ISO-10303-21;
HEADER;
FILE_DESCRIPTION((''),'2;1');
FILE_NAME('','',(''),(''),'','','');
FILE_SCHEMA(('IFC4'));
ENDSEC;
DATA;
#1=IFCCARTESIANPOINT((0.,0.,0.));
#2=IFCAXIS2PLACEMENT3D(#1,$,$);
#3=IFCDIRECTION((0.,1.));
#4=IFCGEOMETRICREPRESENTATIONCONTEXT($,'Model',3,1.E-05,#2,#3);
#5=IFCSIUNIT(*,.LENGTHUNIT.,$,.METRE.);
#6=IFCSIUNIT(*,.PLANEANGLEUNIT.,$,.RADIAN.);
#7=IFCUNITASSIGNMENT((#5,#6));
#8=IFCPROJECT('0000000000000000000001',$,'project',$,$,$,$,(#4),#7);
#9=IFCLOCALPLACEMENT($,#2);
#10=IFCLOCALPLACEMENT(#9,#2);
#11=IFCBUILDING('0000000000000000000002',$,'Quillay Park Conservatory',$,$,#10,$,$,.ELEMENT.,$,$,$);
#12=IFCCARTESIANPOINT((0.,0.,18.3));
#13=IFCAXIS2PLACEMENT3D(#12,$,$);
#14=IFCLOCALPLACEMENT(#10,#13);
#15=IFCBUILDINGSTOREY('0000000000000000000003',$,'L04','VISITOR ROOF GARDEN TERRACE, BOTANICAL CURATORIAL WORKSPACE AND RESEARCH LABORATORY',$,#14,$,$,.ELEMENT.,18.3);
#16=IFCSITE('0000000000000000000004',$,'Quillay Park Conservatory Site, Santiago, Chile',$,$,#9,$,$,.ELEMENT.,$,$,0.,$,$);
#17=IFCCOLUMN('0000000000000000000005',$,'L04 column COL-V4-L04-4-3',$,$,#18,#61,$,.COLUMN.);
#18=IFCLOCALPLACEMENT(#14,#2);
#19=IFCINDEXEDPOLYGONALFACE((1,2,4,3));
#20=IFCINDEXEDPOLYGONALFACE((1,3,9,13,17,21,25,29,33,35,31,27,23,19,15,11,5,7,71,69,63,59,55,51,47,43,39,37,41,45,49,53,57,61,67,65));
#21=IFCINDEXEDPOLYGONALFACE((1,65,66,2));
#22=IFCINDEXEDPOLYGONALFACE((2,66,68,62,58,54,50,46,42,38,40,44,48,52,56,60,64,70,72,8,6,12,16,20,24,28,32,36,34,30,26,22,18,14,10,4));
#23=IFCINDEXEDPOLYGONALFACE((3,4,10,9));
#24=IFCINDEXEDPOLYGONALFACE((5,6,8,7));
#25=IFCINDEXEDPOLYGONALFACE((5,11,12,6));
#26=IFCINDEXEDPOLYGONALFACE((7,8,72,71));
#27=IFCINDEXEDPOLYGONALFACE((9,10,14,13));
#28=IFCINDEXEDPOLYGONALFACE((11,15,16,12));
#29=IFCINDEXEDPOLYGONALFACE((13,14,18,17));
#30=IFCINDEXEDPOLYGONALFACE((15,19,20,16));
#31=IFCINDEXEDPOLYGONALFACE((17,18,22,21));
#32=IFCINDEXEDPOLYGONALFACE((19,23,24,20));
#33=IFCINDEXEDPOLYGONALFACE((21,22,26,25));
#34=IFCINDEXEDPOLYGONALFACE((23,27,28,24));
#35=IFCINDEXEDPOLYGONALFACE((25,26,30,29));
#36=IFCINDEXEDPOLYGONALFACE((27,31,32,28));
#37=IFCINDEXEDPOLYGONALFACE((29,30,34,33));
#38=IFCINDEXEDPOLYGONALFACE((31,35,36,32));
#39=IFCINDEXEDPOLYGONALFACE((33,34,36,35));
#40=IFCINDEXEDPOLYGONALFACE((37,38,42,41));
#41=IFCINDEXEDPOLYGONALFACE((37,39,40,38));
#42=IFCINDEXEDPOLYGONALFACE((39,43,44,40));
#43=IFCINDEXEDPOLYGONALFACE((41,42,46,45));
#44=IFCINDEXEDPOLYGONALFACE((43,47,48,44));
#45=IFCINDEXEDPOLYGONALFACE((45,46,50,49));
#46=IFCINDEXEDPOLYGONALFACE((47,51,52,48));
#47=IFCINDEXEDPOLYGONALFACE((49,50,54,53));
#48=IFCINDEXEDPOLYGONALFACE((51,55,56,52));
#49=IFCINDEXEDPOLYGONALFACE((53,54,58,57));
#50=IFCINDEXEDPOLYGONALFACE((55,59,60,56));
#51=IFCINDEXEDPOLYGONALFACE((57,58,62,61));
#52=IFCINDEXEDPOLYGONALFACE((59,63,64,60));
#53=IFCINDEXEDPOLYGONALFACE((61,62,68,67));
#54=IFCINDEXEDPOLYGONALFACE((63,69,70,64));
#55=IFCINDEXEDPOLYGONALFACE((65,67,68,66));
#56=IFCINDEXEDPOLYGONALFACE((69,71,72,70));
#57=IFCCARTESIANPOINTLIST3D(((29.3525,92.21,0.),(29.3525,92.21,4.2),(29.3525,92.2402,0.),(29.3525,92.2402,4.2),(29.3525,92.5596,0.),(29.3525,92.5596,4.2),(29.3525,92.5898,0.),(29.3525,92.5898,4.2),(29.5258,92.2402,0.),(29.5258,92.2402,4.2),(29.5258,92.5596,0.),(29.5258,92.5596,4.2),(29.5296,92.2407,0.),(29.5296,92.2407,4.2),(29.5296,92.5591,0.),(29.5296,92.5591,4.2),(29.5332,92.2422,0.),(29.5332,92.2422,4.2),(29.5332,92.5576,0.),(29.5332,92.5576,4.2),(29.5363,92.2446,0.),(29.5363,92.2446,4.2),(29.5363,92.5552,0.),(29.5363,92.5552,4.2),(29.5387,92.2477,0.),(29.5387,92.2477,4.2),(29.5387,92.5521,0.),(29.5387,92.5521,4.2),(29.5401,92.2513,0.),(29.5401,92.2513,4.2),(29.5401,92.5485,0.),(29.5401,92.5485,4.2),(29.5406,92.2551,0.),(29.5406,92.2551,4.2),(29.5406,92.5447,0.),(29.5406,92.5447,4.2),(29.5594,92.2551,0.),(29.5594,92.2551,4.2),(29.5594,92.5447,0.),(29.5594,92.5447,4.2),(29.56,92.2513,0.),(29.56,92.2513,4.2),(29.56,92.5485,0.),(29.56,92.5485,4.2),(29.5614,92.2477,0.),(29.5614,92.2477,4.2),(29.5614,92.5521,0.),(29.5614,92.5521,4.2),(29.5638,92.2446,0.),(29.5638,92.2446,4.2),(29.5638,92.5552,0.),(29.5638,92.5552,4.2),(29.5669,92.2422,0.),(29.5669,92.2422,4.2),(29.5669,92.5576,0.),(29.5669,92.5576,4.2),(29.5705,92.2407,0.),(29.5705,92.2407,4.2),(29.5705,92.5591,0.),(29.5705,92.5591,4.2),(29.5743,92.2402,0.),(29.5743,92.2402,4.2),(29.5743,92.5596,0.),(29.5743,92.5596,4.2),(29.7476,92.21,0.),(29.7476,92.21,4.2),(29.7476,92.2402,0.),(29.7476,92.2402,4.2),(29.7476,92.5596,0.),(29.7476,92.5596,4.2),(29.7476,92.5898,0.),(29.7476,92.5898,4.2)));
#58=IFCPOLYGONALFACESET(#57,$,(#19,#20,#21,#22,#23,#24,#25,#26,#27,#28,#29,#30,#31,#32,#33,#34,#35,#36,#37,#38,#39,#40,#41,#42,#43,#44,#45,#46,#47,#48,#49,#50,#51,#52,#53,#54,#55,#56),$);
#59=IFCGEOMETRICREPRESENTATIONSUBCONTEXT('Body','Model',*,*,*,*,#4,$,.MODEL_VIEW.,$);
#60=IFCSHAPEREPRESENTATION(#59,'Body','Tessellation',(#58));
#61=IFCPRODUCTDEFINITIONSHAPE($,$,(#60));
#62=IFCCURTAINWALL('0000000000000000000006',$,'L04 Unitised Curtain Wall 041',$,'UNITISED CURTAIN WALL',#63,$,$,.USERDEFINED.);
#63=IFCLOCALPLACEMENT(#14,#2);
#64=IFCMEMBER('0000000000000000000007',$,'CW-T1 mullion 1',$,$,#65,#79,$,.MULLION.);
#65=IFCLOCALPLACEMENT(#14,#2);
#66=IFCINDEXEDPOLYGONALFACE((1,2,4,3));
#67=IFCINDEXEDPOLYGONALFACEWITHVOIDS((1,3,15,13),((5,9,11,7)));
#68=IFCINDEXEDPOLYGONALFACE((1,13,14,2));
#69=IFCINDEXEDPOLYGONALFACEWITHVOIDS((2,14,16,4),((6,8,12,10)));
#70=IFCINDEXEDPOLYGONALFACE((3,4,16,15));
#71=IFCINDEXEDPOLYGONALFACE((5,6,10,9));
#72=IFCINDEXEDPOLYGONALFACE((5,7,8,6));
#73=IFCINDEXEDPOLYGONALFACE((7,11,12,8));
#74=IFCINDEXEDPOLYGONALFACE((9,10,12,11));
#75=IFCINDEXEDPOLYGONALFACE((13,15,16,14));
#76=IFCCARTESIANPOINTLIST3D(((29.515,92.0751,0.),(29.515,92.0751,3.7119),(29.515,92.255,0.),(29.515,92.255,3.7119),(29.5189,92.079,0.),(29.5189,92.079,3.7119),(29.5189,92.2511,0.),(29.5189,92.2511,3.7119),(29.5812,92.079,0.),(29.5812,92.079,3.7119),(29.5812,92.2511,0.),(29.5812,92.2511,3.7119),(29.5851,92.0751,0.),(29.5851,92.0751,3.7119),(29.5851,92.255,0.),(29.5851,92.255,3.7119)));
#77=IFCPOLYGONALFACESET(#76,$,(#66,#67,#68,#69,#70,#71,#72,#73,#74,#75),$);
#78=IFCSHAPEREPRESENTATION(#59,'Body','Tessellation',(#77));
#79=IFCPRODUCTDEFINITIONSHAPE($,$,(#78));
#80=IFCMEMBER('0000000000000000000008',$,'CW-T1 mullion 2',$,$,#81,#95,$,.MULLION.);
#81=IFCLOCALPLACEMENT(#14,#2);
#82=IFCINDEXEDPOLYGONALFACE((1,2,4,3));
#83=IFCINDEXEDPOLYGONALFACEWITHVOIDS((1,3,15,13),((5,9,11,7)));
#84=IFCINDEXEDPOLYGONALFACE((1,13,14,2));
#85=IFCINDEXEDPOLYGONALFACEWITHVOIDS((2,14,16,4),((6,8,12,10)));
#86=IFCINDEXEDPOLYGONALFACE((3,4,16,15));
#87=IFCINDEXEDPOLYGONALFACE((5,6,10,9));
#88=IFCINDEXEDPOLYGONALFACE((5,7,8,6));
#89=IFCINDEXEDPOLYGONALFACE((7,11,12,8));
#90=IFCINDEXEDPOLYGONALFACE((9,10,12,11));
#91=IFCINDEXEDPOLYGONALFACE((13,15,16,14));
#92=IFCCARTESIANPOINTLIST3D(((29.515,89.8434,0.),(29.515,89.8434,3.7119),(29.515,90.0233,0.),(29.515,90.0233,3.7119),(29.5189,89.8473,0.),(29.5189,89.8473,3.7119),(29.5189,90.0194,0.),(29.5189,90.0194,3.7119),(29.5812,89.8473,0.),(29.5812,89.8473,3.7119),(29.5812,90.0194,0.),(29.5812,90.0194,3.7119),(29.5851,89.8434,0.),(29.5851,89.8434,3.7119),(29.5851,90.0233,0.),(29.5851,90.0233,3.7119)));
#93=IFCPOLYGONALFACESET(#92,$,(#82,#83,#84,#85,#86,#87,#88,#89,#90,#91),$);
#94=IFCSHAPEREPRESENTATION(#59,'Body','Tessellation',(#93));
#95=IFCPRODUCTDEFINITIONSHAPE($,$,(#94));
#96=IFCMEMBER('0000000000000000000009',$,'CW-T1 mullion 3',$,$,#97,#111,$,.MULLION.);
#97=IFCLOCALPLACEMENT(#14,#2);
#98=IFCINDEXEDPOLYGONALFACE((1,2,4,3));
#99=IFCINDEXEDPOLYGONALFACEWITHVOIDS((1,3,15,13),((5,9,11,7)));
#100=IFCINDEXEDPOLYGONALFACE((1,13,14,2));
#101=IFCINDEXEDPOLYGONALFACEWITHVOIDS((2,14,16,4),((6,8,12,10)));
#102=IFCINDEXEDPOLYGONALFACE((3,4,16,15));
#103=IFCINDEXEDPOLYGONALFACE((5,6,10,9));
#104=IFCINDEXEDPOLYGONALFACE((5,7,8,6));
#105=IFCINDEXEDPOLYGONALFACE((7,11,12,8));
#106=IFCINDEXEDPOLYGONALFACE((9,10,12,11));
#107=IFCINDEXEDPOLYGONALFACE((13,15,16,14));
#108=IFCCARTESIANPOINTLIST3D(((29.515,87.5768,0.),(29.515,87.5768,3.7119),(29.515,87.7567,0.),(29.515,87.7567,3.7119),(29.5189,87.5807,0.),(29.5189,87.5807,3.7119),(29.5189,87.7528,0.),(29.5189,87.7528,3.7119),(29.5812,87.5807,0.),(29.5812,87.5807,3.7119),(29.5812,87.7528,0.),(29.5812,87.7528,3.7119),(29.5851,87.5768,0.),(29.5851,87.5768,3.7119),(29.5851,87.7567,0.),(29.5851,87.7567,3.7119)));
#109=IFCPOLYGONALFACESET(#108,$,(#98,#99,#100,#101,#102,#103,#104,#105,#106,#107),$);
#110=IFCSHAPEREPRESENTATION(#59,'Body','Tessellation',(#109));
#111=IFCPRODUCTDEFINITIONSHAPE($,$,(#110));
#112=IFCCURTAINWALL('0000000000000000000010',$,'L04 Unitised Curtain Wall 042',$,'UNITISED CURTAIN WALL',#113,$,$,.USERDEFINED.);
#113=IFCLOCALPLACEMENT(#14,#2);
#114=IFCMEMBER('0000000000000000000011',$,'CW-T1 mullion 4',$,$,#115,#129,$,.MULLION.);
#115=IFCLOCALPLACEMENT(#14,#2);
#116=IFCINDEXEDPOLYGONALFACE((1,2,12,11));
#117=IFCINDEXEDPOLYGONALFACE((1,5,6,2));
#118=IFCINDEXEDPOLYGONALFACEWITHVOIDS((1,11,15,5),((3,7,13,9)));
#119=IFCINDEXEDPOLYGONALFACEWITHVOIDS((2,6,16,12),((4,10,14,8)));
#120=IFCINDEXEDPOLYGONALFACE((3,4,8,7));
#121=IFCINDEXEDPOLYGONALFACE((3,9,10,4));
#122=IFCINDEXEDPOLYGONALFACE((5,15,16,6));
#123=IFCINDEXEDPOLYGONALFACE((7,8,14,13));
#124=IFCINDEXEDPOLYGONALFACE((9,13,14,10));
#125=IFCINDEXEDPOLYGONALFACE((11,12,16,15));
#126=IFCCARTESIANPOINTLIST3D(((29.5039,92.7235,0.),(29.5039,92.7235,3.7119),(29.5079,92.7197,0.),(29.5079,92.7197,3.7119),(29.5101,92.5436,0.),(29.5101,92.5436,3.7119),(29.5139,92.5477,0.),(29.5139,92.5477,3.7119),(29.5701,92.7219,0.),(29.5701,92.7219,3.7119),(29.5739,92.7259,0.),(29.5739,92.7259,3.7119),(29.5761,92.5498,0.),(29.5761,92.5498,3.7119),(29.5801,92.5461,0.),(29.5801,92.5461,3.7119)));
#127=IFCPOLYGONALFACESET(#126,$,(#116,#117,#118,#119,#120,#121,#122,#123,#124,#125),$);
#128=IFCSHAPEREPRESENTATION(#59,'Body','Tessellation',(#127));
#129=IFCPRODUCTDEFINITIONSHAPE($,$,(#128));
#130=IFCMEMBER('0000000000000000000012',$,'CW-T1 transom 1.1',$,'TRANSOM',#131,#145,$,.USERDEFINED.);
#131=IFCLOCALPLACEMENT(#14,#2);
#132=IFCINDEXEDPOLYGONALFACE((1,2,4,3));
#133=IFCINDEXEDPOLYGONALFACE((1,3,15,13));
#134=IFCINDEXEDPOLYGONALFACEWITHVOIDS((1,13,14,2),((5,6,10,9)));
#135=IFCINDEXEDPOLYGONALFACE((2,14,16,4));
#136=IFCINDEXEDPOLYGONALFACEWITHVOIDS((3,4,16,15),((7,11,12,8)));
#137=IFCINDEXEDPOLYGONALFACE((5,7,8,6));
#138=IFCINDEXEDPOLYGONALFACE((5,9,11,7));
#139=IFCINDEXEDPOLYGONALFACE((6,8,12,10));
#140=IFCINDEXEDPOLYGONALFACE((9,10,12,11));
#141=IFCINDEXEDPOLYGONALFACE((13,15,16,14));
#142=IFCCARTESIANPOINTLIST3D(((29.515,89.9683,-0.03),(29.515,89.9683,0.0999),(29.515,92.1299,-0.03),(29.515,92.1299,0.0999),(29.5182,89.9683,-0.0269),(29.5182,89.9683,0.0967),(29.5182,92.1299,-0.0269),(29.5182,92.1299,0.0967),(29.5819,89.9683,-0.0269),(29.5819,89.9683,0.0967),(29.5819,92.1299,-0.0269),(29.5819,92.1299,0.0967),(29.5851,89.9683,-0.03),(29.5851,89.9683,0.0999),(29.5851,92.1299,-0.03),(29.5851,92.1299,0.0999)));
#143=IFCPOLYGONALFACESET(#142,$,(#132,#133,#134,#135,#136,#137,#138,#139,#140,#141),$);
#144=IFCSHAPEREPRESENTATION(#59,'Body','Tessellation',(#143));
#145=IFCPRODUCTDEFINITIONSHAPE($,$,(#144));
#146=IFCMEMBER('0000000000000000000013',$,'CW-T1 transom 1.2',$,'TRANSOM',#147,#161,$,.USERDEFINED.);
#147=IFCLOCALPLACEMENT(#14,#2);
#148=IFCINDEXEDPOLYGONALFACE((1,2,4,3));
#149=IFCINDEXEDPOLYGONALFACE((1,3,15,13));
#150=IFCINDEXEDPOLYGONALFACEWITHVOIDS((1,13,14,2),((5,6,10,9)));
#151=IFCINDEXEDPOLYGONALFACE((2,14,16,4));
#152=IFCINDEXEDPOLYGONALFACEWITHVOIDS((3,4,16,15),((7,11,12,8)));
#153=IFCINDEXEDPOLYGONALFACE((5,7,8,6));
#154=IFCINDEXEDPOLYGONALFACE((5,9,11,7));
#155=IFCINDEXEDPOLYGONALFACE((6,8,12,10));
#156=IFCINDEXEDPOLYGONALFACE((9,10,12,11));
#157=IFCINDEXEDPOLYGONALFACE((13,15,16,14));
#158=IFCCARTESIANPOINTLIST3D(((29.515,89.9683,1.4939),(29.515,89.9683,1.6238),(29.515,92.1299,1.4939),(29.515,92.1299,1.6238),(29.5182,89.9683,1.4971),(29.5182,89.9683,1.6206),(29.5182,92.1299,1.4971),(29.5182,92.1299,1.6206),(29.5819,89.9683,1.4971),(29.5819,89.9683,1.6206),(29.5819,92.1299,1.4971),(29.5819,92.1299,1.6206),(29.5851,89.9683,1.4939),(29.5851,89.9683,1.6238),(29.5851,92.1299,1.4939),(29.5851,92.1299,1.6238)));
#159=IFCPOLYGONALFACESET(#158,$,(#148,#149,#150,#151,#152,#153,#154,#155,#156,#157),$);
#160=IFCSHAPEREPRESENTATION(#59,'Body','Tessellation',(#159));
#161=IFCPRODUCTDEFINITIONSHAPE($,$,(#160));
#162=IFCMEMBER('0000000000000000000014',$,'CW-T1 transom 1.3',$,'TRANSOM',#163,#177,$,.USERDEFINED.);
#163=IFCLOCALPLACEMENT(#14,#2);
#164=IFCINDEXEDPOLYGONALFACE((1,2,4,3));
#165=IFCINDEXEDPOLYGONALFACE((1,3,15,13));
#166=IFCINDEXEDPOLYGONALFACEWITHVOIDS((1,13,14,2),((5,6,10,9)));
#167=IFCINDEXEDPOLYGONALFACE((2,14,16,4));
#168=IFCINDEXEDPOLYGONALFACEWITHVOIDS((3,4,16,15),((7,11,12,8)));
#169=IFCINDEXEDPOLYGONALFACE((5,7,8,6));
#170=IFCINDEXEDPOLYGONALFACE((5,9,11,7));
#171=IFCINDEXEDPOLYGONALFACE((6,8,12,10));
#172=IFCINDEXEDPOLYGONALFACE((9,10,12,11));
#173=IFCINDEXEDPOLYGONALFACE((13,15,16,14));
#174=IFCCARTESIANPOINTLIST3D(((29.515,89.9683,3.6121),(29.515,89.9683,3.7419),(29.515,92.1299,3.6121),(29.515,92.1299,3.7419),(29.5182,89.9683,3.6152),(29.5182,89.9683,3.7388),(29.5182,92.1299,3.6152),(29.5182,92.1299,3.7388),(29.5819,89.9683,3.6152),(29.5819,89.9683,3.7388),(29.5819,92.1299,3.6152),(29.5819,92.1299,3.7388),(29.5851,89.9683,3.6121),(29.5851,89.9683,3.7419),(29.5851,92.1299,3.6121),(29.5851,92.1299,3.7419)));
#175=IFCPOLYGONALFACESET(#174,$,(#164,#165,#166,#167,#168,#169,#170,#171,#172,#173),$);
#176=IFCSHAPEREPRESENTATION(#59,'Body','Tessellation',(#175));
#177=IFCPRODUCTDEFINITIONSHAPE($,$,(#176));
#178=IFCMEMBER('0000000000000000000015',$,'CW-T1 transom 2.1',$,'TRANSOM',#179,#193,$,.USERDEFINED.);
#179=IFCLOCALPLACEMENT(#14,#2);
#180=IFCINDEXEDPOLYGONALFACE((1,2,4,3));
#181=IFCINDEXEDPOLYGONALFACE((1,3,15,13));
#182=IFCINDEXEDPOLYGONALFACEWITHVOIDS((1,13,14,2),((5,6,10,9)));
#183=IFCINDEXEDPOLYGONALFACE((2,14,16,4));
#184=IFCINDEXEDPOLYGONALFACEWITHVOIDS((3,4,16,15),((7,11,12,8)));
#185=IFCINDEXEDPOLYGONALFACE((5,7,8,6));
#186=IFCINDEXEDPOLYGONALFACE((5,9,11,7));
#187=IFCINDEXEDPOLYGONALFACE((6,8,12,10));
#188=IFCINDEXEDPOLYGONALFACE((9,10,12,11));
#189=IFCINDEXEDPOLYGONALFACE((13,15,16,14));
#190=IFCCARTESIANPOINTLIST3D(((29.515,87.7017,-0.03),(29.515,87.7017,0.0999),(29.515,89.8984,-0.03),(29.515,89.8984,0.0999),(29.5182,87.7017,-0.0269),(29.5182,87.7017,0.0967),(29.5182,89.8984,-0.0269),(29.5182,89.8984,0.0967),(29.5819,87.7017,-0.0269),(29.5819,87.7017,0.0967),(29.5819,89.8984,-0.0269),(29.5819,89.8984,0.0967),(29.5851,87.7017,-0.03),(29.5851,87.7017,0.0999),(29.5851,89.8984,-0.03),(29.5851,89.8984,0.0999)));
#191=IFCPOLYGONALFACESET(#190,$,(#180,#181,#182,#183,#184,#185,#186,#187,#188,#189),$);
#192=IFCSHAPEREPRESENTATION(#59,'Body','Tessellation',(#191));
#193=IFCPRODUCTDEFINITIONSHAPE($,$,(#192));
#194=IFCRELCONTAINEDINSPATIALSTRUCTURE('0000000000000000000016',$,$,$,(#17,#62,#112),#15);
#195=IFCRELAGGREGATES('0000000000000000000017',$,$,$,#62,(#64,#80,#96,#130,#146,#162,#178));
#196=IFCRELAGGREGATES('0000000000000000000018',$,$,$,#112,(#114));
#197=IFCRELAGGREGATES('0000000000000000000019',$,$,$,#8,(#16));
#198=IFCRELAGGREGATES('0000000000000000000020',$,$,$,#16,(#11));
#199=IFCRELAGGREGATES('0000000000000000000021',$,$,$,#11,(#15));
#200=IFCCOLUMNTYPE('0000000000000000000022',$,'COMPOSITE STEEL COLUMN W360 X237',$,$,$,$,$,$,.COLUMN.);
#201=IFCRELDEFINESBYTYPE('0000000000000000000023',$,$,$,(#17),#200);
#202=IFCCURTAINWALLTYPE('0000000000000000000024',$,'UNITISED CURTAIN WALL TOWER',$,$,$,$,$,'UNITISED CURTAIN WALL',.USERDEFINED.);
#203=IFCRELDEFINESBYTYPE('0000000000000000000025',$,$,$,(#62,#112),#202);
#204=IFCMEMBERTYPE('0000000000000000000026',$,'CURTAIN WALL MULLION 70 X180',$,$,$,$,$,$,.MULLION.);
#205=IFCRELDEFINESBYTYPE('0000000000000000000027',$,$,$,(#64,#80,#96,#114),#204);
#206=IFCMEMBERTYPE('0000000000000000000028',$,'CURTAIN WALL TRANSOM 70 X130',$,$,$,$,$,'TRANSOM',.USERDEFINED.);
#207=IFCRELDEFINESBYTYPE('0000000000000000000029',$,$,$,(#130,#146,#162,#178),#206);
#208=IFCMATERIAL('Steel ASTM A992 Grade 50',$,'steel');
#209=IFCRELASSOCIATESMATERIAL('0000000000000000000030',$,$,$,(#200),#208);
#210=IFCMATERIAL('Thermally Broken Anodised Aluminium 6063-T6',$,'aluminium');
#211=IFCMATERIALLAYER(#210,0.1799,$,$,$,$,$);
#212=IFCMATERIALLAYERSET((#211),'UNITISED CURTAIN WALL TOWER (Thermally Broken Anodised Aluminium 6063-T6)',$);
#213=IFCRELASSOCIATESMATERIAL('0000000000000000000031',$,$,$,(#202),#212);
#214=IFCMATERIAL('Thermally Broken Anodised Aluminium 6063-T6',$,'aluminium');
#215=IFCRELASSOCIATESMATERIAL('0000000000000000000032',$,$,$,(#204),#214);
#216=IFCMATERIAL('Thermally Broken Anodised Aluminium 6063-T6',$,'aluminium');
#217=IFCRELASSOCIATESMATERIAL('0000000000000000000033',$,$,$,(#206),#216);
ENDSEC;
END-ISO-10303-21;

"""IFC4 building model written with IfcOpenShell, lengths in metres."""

from ifc_helpers import new_model, si_unit, direction, frame, origin, origin_2d, place, context, subcontext, project, spatial, hollow_rectangle, i_section, extrude, material, layer, layer_set, material_profile, profile_set, type_object, element, aggregate, save


model = new_model("IFC4")

# Units and contexts
model_context = context("Model", 3, precision=1e-05, world=origin(), true_north=direction((0.0, 1.0)))
body_context = subcontext(model_context, "Body", "Model", "MODEL_VIEW")
ifc_project = project(units=[si_unit("LENGTHUNIT", "METRE"), si_unit("PLANEANGLEUNIT", "RADIAN")], contexts=[model_context])

# Site, building, storey
site_placement = place(None, origin())
site = spatial("IfcSite", under=ifc_project, at=site_placement, Name="Quillay Park Conservatory Site, Santiago, Chile", CompositionType="ELEMENT", RefElevation=0.0)
building_placement = place(site_placement, origin())
building = spatial("IfcBuilding", under=site, at=building_placement, Name="Quillay Park Conservatory", CompositionType="ELEMENT")
storey_placement = place(building_placement, frame((0.0, 0.0, 18.3)))
storey = spatial("IfcBuildingStorey", under=building, at=storey_placement, Name="L04", Description="VISITOR ROOF GARDEN TERRACE, BOTANICAL CURATORIAL WORKSPACE AND RESEARCH LABORATORY", CompositionType="ELEMENT", Elevation=18.3)

# Column
ifc_material_1 = material(Name="Steel ASTM A992 Grade 50", Category="steel")
ifc_material_profile_1 = material_profile(ifc_material_1, i_section(OverallWidth=0.395, OverallDepth=0.3799, WebThickness=0.0188, FlangeThickness=0.0303, FilletRadius=0.0149, at=origin_2d()), Name="W360x237")
ifc_profile_set_1 = profile_set([ifc_material_profile_1], Name="Steel ASTM A992 Grade 50")
column_type = type_object("IfcColumnType", Name="COMPOSITE STEEL COLUMN W360 X237", PredefinedType="COLUMN", material=ifc_profile_set_1)
column_placement = place(storey_placement, frame((29.55, 92.3999, 0.0), z_axis=(0.0, 0.0, 1.0), x_axis=(1.0, 0.0, 0.0)))
element("IfcColumn", 1, at=column_placement, inside=storey, type_object=column_type, Name="L04 column COL-V4-L04-4-3", PredefinedType="COLUMN", context=body_context, shape_type="SweptSolid", body=[
    extrude(i_section(OverallWidth=0.395, OverallDepth=0.3799, WebThickness=0.0188, FlangeThickness=0.0303, FilletRadius=0.0149, at=origin_2d()), origin(), (0.0, 0.0, 1.0), 4.2),
])

# Curtain wall, members
ifc_material_2 = material(Name="Thermally Broken Anodised Aluminium 6063-T6", Category="aluminium")
ifc_layer_1 = layer(ifc_material_2, 0.1799)
ifc_layer_set_1 = layer_set([ifc_layer_1], Name="UNITISED CURTAIN WALL TOWER (Thermally Broken Anodised Aluminium 6063-T6)")
curtain_wall_type = type_object("IfcCurtainWallType", Name="UNITISED CURTAIN WALL TOWER", ElementType="UNITISED CURTAIN WALL", PredefinedType="USERDEFINED", material=ifc_layer_set_1)
curtain_wall_1_placement = place(storey_placement, origin())
curtain_wall_1 = element("IfcCurtainWall", 2, at=curtain_wall_1_placement, inside=storey, type_object=curtain_wall_type, Name="L04 Unitised Curtain Wall 041", ObjectType="UNITISED CURTAIN WALL", PredefinedType="USERDEFINED")
ifc_material_3 = material(Name="Thermally Broken Anodised Aluminium 6063-T6", Category="aluminium")
ifc_material_profile_2 = material_profile(ifc_material_3, hollow_rectangle(XDim=0.0701, YDim=0.1799, WallThickness=0.0039, at=origin_2d()), Name="AL70x180x4")
ifc_profile_set_2 = profile_set([ifc_material_profile_2], Name="Thermally Broken Anodised Aluminium 6063-T6")
member_type_1 = type_object("IfcMemberType", Name="CURTAIN WALL MULLION 70 X180", PredefinedType="MULLION", material=ifc_profile_set_2)
member_1_placement = place(storey_placement, frame((29.55, 92.165, 0.0), z_axis=(0.0, 0.0, 1.0), x_axis=(1.0, 0.0, 0.0)))
member_1 = element("IfcMember", 3, at=member_1_placement, type_object=member_type_1, Name="CW-T1 mullion 1", PredefinedType="MULLION", context=body_context, shape_type="SweptSolid", body=[
    extrude(hollow_rectangle(XDim=0.0701, YDim=0.1799, WallThickness=0.0039, at=origin_2d()), origin(), (0.0, 0.0, 1.0), 3.7119),
])
member_2_placement = place(storey_placement, frame((29.55, 89.9333, 0.0), z_axis=(0.0, 0.0, 1.0), x_axis=(1.0, 0.0, 0.0)))
member_2 = element("IfcMember", 4, at=member_2_placement, type_object=member_type_1, Name="CW-T1 mullion 2", PredefinedType="MULLION", context=body_context, shape_type="SweptSolid", body=[
    extrude(hollow_rectangle(XDim=0.0701, YDim=0.1799, WallThickness=0.0039, at=origin_2d()), origin(), (0.0, 0.0, 1.0), 3.7119),
])
member_3_placement = place(storey_placement, frame((29.55, 87.6667, 0.0), z_axis=(0.0, 0.0, 1.0), x_axis=(1.0, 0.0, 0.0)))
member_3 = element("IfcMember", 5, at=member_3_placement, type_object=member_type_1, Name="CW-T1 mullion 3", PredefinedType="MULLION", context=body_context, shape_type="SweptSolid", body=[
    extrude(hollow_rectangle(XDim=0.0701, YDim=0.1799, WallThickness=0.0039, at=origin_2d()), origin(), (0.0, 0.0, 1.0), 3.7119),
])

# Curtain wall, member
curtain_wall_2_placement = place(storey_placement, origin())
curtain_wall_2 = element("IfcCurtainWall", 6, at=curtain_wall_2_placement, inside=storey, type_object=curtain_wall_type, Name="L04 Unitised Curtain Wall 042", ObjectType="UNITISED CURTAIN WALL", PredefinedType="USERDEFINED")
member_4_placement = place(storey_placement, frame((29.542, 92.6348, 0.0), z_axis=(0.0, 0.0, 1.0), x_axis=(0.999397, 0.034713, 0.0)))
member_4 = element("IfcMember", 7, at=member_4_placement, type_object=member_type_1, Name="CW-T1 mullion 4", PredefinedType="MULLION", context=body_context, shape_type="SweptSolid", body=[
    extrude(hollow_rectangle(XDim=0.0701, YDim=0.1799, WallThickness=0.0039, at=origin_2d()), origin(), (0.0, 0.0, 1.0), 3.7119),
])

# Members
ifc_material_4 = material(Name="Thermally Broken Anodised Aluminium 6063-T6", Category="aluminium")
ifc_material_profile_3 = material_profile(ifc_material_4, hollow_rectangle(XDim=0.0701, YDim=0.1299, WallThickness=0.0032, at=origin_2d()), Name="AL70x130x3.2")
ifc_profile_set_3 = profile_set([ifc_material_profile_3], Name="Thermally Broken Anodised Aluminium 6063-T6")
member_type_2 = type_object("IfcMemberType", Name="CURTAIN WALL TRANSOM 70 X130", ElementType="TRANSOM", PredefinedType="USERDEFINED", material=ifc_profile_set_3)
member_5_placement = place(storey_placement, frame((29.55, 92.1299, 0.0349), z_axis=(0.0, -1.0, 0.0), x_axis=(1.0, 0.0, 0.0)))
member_5 = element("IfcMember", 8, at=member_5_placement, type_object=member_type_2, Name="CW-T1 transom 1.1", ObjectType="TRANSOM", PredefinedType="USERDEFINED", context=body_context, shape_type="SweptSolid", body=[
    extrude(hollow_rectangle(XDim=0.0701, YDim=0.1299, WallThickness=0.0032, at=origin_2d()), origin(), (0.0, 0.0, 1.0), 2.1616),
])
member_6_placement = place(storey_placement, frame((29.55, 92.1299, 1.5588), z_axis=(0.0, -1.0, 0.0), x_axis=(1.0, 0.0, 0.0)))
member_6 = element("IfcMember", 9, at=member_6_placement, type_object=member_type_2, Name="CW-T1 transom 1.2", ObjectType="TRANSOM", PredefinedType="USERDEFINED", context=body_context, shape_type="SweptSolid", body=[
    extrude(hollow_rectangle(XDim=0.0701, YDim=0.1299, WallThickness=0.0032, at=origin_2d()), origin(), (0.0, 0.0, 1.0), 2.1616),
])
member_7_placement = place(storey_placement, frame((29.55, 92.1299, 3.677), z_axis=(0.0, -1.0, 0.0), x_axis=(1.0, 0.0, 0.0)))
member_7 = element("IfcMember", 10, at=member_7_placement, type_object=member_type_2, Name="CW-T1 transom 1.3", ObjectType="TRANSOM", PredefinedType="USERDEFINED", context=body_context, shape_type="SweptSolid", body=[
    extrude(hollow_rectangle(XDim=0.0701, YDim=0.1299, WallThickness=0.0032, at=origin_2d()), origin(), (0.0, 0.0, 1.0), 2.1616),
])
member_8_placement = place(storey_placement, frame((29.55, 89.8984, 0.0349), z_axis=(0.0, -1.0, 0.0), x_axis=(1.0, 0.0, 0.0)))
member_8 = element("IfcMember", 11, at=member_8_placement, type_object=member_type_2, Name="CW-T1 transom 2.1", ObjectType="TRANSOM", PredefinedType="USERDEFINED", context=body_context, shape_type="SweptSolid", body=[
    extrude(hollow_rectangle(XDim=0.0701, YDim=0.1299, WallThickness=0.0032, at=origin_2d()), origin(), (0.0, 0.0, 1.0), 2.1968),
])

aggregate(curtain_wall_1, [member_1, member_2, member_3, member_5, member_6, member_7, member_8])
aggregate(curtain_wall_2, [member_4])

save(model, "model.ifc")
